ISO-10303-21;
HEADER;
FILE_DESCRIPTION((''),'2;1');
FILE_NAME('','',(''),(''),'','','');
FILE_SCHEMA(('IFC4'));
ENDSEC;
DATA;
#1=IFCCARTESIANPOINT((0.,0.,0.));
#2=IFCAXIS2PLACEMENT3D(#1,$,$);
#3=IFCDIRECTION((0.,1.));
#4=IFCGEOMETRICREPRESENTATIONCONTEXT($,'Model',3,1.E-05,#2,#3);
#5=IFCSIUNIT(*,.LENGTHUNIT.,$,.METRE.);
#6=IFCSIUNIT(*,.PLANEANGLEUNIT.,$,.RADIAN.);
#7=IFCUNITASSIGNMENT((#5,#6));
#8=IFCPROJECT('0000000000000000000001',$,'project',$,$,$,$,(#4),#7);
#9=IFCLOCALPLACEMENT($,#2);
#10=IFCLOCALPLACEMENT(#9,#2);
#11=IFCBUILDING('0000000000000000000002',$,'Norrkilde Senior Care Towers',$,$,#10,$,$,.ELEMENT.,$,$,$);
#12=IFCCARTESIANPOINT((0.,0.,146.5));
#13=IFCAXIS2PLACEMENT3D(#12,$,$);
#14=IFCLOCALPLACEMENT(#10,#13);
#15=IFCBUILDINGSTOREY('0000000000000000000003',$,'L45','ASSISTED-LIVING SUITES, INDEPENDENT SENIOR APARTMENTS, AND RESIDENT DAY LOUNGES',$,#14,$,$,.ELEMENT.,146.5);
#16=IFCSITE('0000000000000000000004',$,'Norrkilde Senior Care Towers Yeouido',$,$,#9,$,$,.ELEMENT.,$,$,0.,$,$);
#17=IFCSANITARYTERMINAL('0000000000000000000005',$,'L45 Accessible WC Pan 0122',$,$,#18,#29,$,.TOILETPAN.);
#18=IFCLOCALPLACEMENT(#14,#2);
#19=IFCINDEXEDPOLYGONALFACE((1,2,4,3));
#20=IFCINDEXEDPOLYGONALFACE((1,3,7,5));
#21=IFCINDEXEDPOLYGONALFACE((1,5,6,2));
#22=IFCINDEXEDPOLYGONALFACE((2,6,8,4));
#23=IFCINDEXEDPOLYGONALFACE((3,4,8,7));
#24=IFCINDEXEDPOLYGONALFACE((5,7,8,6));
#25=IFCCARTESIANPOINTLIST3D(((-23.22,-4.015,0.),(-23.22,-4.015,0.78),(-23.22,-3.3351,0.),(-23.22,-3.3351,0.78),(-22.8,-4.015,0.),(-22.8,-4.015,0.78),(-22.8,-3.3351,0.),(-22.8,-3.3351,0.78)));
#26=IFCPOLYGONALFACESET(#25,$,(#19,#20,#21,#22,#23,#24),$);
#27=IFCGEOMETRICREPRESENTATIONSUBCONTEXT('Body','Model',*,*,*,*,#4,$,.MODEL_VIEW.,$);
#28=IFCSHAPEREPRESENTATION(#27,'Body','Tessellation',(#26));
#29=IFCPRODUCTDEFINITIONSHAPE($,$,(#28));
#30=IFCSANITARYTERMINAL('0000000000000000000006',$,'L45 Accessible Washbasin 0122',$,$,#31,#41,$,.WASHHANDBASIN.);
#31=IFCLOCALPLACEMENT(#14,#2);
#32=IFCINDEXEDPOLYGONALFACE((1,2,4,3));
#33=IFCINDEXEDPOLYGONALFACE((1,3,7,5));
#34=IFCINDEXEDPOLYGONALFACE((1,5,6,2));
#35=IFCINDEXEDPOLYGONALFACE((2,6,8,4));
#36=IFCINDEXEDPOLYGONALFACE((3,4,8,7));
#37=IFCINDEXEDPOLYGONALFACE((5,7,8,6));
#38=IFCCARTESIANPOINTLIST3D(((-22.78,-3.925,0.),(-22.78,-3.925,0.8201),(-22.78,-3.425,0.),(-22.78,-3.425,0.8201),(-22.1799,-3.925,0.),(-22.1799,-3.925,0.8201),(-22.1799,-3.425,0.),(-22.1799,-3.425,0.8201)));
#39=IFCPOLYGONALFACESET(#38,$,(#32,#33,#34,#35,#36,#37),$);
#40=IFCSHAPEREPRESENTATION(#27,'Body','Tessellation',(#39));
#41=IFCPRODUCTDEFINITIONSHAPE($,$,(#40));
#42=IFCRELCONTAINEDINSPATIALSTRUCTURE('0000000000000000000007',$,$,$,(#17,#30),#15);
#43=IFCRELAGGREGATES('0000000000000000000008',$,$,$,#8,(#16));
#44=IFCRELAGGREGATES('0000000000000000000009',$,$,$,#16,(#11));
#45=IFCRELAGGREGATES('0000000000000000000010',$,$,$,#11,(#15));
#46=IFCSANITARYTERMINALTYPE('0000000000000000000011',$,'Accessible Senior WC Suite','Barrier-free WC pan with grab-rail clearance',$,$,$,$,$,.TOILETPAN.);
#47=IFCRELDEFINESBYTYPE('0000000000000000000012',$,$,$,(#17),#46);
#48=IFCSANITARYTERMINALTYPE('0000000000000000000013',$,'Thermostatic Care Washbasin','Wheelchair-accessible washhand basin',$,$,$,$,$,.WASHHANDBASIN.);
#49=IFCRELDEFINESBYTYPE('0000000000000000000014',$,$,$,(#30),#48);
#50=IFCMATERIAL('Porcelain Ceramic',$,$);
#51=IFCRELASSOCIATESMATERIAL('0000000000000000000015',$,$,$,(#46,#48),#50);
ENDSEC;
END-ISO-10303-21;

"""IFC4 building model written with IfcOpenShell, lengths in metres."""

from ifc_helpers import new_model, si_unit, direction, frame, origin, origin_2d, place, context, subcontext, project, spatial, rectangle, extrude, source, transform, mapped, material, type_object, type_shapes, element, save


model = new_model("IFC4")

# Units and contexts
model_context = context("Model", 3, precision=1e-05, world=origin(), true_north=direction((0.0, 1.0)))
body_context = subcontext(model_context, "Body", "Model", "MODEL_VIEW")
ifc_project = project(units=[si_unit("LENGTHUNIT", "METRE"), si_unit("PLANEANGLEUNIT", "RADIAN")], contexts=[model_context])

# Site, building, storey
site_placement = place(None, origin())
site = spatial("IfcSite", under=ifc_project, at=site_placement, Name="Norrkilde Senior Care Towers Yeouido", CompositionType="ELEMENT", RefElevation=0.0)
building_placement = place(site_placement, origin())
building = spatial("IfcBuilding", under=site, at=building_placement, Name="Norrkilde Senior Care Towers", CompositionType="ELEMENT")
storey_placement = place(building_placement, frame((0.0, 0.0, 146.5)))
storey = spatial("IfcBuildingStorey", under=building, at=storey_placement, Name="L45", Description="ASSISTED-LIVING SUITES, INDEPENDENT SENIOR APARTMENTS, AND RESIDENT DAY LOUNGES", CompositionType="ELEMENT", Elevation=146.5)

# Sanitary terminals
ifc_material_1 = material(Name="Porcelain Ceramic")
sanitary_terminal_type_1 = type_object("IfcSanitaryTerminalType", Name="Accessible Senior WC Suite", Description="Barrier-free WC pan with grab-rail clearance", PredefinedType="TOILETPAN", material=ifc_material_1)
shared_shape_1 = source(origin(), body_context, "Body", "SweptSolid", [
    extrude(rectangle(XDim=0.4199, YDim=0.6799, at=origin_2d()), origin(), (0.0, 0.0, 1.0), 0.78),
])
type_shapes(sanitary_terminal_type_1, [shared_shape_1])
sanitary_terminal_1_placement = place(storey_placement, frame((-23.01, -3.675, 0.0), z_axis=(0.0, 0.0, 1.0), x_axis=(1.0, 0.0, 0.0)))
element("IfcSanitaryTerminal", 1, at=sanitary_terminal_1_placement, inside=storey, type_object=sanitary_terminal_type_1, Name="L45 Accessible WC Pan 0122", PredefinedType="TOILETPAN", context=body_context, shape_type="MappedRepresentation", body=[
    mapped(shared_shape_1, transform((0.0, 0.0, 0.0), x_axis=(1.0, 0.0, 0.0), y_axis=(0.0, 1.0, 0.0), z_axis=(0.0, 0.0, 1.0), scale=1.0)),
])
sanitary_terminal_type_2 = type_object("IfcSanitaryTerminalType", Name="Thermostatic Care Washbasin", Description="Wheelchair-accessible washhand basin", PredefinedType="WASHHANDBASIN", material=ifc_material_1)
shared_shape_2 = source(origin(), body_context, "Body", "SweptSolid", [
    extrude(rectangle(XDim=0.6001, YDim=0.5, at=origin_2d()), origin(), (0.0, 0.0, 1.0), 0.8201),
])
type_shapes(sanitary_terminal_type_2, [shared_shape_2])
sanitary_terminal_2_placement = place(storey_placement, frame((-22.48, -3.675, 0.0), z_axis=(0.0, 0.0, 1.0), x_axis=(1.0, 0.0, 0.0)))
element("IfcSanitaryTerminal", 2, at=sanitary_terminal_2_placement, inside=storey, type_object=sanitary_terminal_type_2, Name="L45 Accessible Washbasin 0122", PredefinedType="WASHHANDBASIN", context=body_context, shape_type="MappedRepresentation", body=[
    mapped(shared_shape_2, transform((0.0, 0.0, 0.0), x_axis=(1.0, 0.0, 0.0), y_axis=(0.0, 1.0, 0.0), z_axis=(0.0, 0.0, 1.0), scale=1.0)),
])

save(model, "model.ifc")
